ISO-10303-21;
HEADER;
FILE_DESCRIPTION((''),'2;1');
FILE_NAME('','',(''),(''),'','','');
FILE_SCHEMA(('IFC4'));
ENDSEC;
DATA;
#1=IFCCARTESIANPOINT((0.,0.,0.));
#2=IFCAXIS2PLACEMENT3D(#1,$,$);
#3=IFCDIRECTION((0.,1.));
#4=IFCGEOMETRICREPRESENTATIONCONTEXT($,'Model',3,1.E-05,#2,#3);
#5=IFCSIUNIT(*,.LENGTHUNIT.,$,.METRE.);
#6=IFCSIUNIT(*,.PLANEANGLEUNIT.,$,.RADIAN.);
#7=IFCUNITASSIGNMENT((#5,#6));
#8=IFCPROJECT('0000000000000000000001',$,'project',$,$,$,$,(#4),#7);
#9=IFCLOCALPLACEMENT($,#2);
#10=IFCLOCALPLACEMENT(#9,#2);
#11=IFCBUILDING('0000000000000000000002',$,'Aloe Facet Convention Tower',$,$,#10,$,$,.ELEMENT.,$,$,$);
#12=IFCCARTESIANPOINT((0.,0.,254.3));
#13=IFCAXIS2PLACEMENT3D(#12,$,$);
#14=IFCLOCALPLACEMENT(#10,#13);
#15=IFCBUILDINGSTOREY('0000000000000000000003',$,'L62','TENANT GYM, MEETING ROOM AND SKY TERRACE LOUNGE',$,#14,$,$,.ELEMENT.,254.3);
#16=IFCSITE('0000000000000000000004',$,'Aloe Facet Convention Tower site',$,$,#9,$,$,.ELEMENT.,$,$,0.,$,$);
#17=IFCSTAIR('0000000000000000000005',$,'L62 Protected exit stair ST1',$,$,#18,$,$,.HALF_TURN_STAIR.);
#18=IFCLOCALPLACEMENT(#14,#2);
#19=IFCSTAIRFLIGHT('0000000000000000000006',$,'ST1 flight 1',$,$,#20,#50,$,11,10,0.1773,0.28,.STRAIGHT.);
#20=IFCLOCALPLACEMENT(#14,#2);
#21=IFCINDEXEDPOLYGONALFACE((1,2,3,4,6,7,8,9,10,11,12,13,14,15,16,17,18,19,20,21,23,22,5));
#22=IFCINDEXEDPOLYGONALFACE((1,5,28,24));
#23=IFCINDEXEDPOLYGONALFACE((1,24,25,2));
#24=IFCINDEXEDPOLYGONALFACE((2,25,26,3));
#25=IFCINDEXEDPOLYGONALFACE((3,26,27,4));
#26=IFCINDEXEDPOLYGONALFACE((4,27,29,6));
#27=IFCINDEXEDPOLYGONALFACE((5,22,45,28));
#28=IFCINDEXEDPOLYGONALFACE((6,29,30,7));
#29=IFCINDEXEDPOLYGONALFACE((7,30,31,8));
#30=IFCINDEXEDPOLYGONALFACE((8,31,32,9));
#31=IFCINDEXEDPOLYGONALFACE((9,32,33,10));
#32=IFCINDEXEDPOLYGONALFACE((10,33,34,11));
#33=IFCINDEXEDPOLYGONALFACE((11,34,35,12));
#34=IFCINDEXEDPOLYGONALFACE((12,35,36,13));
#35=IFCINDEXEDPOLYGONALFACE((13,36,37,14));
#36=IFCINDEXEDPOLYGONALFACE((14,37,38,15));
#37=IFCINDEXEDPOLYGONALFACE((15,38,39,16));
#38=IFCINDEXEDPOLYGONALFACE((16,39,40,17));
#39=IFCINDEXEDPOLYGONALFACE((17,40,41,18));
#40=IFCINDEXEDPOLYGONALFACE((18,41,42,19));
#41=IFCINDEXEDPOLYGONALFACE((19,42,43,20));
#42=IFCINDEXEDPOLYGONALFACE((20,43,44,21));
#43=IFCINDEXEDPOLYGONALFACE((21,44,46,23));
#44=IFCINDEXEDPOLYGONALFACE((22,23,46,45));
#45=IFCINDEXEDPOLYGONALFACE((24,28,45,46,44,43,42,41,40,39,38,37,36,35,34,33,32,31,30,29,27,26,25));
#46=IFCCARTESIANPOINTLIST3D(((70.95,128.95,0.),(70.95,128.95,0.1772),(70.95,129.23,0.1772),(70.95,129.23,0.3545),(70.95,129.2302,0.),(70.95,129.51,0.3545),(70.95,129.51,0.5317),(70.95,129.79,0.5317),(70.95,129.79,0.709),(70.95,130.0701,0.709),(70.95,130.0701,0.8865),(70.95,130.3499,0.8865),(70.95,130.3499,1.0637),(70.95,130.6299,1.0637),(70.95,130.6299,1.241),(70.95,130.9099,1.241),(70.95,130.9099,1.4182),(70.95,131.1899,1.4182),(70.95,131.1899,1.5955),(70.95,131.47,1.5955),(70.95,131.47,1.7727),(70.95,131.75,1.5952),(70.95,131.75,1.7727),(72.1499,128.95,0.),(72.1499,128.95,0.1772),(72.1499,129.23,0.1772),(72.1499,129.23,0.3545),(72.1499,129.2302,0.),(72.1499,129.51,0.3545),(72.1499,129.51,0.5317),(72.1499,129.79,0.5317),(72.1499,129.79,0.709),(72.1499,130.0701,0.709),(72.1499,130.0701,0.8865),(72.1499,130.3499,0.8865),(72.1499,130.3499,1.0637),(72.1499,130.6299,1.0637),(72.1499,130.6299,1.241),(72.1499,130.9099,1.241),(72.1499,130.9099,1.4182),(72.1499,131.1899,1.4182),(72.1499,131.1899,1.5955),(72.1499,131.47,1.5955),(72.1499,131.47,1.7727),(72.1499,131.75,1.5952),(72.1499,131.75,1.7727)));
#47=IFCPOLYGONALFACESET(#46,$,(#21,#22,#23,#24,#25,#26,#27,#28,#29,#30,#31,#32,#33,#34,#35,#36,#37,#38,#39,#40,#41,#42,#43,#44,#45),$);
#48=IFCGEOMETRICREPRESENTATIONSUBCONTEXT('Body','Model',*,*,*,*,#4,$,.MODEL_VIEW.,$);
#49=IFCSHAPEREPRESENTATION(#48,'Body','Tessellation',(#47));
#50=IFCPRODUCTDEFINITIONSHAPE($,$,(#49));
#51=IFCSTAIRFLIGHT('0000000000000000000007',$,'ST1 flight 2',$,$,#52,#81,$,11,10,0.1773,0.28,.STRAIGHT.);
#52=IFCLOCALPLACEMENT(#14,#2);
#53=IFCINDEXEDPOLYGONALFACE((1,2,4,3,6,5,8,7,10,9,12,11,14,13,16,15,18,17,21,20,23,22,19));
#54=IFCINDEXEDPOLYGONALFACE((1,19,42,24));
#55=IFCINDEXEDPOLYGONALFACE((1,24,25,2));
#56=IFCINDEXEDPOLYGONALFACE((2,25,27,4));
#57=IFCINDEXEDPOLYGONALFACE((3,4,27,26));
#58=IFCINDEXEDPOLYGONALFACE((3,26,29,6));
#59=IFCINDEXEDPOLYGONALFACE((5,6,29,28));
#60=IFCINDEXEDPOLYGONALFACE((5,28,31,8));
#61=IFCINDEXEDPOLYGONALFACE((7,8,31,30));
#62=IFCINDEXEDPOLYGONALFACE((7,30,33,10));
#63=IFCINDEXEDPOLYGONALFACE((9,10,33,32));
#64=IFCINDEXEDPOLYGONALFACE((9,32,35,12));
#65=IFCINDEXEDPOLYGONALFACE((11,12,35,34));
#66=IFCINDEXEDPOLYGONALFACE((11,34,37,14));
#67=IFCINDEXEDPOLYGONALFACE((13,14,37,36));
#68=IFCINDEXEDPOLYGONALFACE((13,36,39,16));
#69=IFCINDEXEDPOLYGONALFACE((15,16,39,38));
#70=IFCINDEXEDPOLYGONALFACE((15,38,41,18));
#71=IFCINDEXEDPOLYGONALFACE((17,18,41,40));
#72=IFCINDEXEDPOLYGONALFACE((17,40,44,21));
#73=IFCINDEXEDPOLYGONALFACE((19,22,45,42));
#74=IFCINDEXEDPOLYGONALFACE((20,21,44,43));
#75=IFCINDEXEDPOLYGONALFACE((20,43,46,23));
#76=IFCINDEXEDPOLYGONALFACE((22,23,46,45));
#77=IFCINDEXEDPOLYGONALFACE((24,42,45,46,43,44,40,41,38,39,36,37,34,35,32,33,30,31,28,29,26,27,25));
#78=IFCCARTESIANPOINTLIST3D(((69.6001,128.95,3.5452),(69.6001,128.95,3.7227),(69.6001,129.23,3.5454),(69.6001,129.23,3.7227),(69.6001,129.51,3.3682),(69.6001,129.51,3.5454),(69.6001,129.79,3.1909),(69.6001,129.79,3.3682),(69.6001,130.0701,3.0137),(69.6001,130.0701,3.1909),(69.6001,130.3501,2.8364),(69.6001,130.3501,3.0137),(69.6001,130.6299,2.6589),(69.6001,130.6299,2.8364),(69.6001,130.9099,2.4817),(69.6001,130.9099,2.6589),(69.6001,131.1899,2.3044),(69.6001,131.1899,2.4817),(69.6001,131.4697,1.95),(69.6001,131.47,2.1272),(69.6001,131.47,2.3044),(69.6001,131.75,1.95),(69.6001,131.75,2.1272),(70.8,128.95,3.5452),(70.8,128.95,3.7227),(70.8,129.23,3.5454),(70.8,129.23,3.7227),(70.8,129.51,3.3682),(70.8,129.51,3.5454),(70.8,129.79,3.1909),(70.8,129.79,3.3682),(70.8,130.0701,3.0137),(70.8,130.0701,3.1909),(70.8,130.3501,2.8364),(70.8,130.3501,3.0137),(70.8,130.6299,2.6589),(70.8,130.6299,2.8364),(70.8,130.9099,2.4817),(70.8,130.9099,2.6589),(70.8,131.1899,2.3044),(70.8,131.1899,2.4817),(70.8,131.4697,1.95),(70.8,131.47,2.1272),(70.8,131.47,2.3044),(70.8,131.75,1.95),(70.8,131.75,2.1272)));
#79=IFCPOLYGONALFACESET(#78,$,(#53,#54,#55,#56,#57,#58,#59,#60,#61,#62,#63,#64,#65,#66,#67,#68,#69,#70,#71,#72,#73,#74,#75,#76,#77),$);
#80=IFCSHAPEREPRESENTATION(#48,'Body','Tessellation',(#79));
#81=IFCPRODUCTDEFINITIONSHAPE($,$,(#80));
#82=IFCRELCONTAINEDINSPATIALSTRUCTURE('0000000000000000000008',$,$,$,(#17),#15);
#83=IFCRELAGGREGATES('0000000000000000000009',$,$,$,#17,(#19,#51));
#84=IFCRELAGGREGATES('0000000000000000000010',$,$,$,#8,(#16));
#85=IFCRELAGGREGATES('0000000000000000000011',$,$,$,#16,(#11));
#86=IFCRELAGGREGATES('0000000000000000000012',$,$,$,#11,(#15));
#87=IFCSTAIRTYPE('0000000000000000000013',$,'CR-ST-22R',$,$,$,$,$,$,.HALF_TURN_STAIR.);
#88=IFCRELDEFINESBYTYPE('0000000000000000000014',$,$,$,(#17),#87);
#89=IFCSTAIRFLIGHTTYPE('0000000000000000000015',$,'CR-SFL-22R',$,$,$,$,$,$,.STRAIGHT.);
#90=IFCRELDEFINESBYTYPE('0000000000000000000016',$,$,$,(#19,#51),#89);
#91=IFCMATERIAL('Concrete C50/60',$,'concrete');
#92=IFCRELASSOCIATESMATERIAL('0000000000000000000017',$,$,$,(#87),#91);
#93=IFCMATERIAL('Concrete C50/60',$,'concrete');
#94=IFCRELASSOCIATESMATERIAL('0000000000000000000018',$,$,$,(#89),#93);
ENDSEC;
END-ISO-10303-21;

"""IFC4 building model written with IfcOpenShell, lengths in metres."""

from ifc_helpers import new_model, si_unit, direction, frame, origin, place, context, subcontext, project, spatial, polyline, outline, extrude, material, type_object, element, aggregate, save


model = new_model("IFC4")

# Units and contexts
model_context = context("Model", 3, precision=1e-05, world=origin(), true_north=direction((0.0, 1.0)))
body_context = subcontext(model_context, "Body", "Model", "MODEL_VIEW")
ifc_project = project(units=[si_unit("LENGTHUNIT", "METRE"), si_unit("PLANEANGLEUNIT", "RADIAN")], contexts=[model_context])

# Site, building, storey
site_placement = place(None, origin())
site = spatial("IfcSite", under=ifc_project, at=site_placement, Name="Aloe Facet Convention Tower site", CompositionType="ELEMENT", RefElevation=0.0)
building_placement = place(site_placement, origin())
building = spatial("IfcBuilding", under=site, at=building_placement, Name="Aloe Facet Convention Tower", CompositionType="ELEMENT")
storey_placement = place(building_placement, frame((0.0, 0.0, 254.3)))
storey = spatial("IfcBuildingStorey", under=building, at=storey_placement, Name="L62", Description="TENANT GYM, MEETING ROOM AND SKY TERRACE LOUNGE", CompositionType="ELEMENT", Elevation=254.3)

# Stair, stair flights
ifc_material_1 = material(Name="Concrete C50/60", Category="concrete")
stair_type = type_object("IfcStairType", Name="CR-ST-22R", PredefinedType="HALF_TURN_STAIR", material=ifc_material_1)
stair_placement = place(storey_placement, origin())
stair = element("IfcStair", 1, at=stair_placement, inside=storey, type_object=stair_type, Name="L62 Protected exit stair ST1", PredefinedType="HALF_TURN_STAIR")
ifc_material_2 = material(Name="Concrete C50/60", Category="concrete")
stair_flight_type = type_object("IfcStairFlightType", Name="CR-SFL-22R", PredefinedType="STRAIGHT", material=ifc_material_2)
stair_flight_1_placement = place(storey_placement, frame((71.55, 128.95, 0.0), z_axis=(0.0, 0.0, 1.0), x_axis=(0.0, 1.0, 0.0)))
stair_flight_1 = element("IfcStairFlight", 2, at=stair_flight_1_placement, type_object=stair_flight_type, Name="ST1 flight 1", NumberOfRisers=11, NumberOfTreads=10, PredefinedType="STRAIGHT", RiserHeight=0.1773, TreadLength=0.28, context=body_context, shape_type="SweptSolid", body=[
    extrude(outline(polyline([(0.0, 0.0), (0.0, 0.1772), (0.28, 0.1772), (0.28, 0.3545), (0.5601, 0.3545), (0.5601, 0.5317), (0.8401, 0.5317), (0.8401, 0.709), (1.1201, 0.709), (1.1201, 0.8865), (1.3999, 0.8865), (1.3999, 1.0637), (1.6799, 1.0637), (1.6799, 1.241), (1.96, 1.241), (1.96, 1.4182), (2.24, 1.4182), (2.24, 1.5955), (2.52, 1.5955), (2.52, 1.7727), (2.8, 1.7727), (2.8, 1.95), (2.8, 1.5952), (0.2803, 0.0), (0.0, 0.0)])), frame((0.0, 0.6001, 0.0), z_axis=(0.0, -1.0, 0.0), x_axis=(1.0, 0.0, 0.0)), (0.0, 0.0, 1.0), 1.2),
])
stair_flight_2_placement = place(storey_placement, frame((70.2, 131.75, 1.95), z_axis=(0.0, 0.0, 1.0), x_axis=(0.0, -1.0, 0.0)))
stair_flight_2 = element("IfcStairFlight", 3, at=stair_flight_2_placement, type_object=stair_flight_type, Name="ST1 flight 2", NumberOfRisers=11, NumberOfTreads=10, PredefinedType="STRAIGHT", RiserHeight=0.1773, TreadLength=0.28, context=body_context, shape_type="SweptSolid", body=[
    extrude(outline(polyline([(0.0, 0.0), (0.0, 0.1772), (0.28, 0.1772), (0.28, 0.3545), (0.5601, 0.3545), (0.5601, 0.5317), (0.8401, 0.5317), (0.8401, 0.709), (1.1201, 0.709), (1.1201, 0.8865), (1.3999, 0.8865), (1.3999, 1.0637), (1.6799, 1.0637), (1.6799, 1.241), (1.96, 1.241), (1.96, 1.4182), (2.24, 1.4182), (2.24, 1.5955), (2.52, 1.5955), (2.52, 1.7727), (2.8, 1.7727), (2.8, 1.95), (2.8, 1.5952), (0.2803, 0.0), (0.0, 0.0)])), frame((0.0, 0.6001, 0.0), z_axis=(0.0, -1.0, 0.0), x_axis=(1.0, 0.0, 0.0)), (0.0, 0.0, 1.0), 1.2),
])
aggregate(stair, [stair_flight_1, stair_flight_2])

save(model, "model.ifc")
